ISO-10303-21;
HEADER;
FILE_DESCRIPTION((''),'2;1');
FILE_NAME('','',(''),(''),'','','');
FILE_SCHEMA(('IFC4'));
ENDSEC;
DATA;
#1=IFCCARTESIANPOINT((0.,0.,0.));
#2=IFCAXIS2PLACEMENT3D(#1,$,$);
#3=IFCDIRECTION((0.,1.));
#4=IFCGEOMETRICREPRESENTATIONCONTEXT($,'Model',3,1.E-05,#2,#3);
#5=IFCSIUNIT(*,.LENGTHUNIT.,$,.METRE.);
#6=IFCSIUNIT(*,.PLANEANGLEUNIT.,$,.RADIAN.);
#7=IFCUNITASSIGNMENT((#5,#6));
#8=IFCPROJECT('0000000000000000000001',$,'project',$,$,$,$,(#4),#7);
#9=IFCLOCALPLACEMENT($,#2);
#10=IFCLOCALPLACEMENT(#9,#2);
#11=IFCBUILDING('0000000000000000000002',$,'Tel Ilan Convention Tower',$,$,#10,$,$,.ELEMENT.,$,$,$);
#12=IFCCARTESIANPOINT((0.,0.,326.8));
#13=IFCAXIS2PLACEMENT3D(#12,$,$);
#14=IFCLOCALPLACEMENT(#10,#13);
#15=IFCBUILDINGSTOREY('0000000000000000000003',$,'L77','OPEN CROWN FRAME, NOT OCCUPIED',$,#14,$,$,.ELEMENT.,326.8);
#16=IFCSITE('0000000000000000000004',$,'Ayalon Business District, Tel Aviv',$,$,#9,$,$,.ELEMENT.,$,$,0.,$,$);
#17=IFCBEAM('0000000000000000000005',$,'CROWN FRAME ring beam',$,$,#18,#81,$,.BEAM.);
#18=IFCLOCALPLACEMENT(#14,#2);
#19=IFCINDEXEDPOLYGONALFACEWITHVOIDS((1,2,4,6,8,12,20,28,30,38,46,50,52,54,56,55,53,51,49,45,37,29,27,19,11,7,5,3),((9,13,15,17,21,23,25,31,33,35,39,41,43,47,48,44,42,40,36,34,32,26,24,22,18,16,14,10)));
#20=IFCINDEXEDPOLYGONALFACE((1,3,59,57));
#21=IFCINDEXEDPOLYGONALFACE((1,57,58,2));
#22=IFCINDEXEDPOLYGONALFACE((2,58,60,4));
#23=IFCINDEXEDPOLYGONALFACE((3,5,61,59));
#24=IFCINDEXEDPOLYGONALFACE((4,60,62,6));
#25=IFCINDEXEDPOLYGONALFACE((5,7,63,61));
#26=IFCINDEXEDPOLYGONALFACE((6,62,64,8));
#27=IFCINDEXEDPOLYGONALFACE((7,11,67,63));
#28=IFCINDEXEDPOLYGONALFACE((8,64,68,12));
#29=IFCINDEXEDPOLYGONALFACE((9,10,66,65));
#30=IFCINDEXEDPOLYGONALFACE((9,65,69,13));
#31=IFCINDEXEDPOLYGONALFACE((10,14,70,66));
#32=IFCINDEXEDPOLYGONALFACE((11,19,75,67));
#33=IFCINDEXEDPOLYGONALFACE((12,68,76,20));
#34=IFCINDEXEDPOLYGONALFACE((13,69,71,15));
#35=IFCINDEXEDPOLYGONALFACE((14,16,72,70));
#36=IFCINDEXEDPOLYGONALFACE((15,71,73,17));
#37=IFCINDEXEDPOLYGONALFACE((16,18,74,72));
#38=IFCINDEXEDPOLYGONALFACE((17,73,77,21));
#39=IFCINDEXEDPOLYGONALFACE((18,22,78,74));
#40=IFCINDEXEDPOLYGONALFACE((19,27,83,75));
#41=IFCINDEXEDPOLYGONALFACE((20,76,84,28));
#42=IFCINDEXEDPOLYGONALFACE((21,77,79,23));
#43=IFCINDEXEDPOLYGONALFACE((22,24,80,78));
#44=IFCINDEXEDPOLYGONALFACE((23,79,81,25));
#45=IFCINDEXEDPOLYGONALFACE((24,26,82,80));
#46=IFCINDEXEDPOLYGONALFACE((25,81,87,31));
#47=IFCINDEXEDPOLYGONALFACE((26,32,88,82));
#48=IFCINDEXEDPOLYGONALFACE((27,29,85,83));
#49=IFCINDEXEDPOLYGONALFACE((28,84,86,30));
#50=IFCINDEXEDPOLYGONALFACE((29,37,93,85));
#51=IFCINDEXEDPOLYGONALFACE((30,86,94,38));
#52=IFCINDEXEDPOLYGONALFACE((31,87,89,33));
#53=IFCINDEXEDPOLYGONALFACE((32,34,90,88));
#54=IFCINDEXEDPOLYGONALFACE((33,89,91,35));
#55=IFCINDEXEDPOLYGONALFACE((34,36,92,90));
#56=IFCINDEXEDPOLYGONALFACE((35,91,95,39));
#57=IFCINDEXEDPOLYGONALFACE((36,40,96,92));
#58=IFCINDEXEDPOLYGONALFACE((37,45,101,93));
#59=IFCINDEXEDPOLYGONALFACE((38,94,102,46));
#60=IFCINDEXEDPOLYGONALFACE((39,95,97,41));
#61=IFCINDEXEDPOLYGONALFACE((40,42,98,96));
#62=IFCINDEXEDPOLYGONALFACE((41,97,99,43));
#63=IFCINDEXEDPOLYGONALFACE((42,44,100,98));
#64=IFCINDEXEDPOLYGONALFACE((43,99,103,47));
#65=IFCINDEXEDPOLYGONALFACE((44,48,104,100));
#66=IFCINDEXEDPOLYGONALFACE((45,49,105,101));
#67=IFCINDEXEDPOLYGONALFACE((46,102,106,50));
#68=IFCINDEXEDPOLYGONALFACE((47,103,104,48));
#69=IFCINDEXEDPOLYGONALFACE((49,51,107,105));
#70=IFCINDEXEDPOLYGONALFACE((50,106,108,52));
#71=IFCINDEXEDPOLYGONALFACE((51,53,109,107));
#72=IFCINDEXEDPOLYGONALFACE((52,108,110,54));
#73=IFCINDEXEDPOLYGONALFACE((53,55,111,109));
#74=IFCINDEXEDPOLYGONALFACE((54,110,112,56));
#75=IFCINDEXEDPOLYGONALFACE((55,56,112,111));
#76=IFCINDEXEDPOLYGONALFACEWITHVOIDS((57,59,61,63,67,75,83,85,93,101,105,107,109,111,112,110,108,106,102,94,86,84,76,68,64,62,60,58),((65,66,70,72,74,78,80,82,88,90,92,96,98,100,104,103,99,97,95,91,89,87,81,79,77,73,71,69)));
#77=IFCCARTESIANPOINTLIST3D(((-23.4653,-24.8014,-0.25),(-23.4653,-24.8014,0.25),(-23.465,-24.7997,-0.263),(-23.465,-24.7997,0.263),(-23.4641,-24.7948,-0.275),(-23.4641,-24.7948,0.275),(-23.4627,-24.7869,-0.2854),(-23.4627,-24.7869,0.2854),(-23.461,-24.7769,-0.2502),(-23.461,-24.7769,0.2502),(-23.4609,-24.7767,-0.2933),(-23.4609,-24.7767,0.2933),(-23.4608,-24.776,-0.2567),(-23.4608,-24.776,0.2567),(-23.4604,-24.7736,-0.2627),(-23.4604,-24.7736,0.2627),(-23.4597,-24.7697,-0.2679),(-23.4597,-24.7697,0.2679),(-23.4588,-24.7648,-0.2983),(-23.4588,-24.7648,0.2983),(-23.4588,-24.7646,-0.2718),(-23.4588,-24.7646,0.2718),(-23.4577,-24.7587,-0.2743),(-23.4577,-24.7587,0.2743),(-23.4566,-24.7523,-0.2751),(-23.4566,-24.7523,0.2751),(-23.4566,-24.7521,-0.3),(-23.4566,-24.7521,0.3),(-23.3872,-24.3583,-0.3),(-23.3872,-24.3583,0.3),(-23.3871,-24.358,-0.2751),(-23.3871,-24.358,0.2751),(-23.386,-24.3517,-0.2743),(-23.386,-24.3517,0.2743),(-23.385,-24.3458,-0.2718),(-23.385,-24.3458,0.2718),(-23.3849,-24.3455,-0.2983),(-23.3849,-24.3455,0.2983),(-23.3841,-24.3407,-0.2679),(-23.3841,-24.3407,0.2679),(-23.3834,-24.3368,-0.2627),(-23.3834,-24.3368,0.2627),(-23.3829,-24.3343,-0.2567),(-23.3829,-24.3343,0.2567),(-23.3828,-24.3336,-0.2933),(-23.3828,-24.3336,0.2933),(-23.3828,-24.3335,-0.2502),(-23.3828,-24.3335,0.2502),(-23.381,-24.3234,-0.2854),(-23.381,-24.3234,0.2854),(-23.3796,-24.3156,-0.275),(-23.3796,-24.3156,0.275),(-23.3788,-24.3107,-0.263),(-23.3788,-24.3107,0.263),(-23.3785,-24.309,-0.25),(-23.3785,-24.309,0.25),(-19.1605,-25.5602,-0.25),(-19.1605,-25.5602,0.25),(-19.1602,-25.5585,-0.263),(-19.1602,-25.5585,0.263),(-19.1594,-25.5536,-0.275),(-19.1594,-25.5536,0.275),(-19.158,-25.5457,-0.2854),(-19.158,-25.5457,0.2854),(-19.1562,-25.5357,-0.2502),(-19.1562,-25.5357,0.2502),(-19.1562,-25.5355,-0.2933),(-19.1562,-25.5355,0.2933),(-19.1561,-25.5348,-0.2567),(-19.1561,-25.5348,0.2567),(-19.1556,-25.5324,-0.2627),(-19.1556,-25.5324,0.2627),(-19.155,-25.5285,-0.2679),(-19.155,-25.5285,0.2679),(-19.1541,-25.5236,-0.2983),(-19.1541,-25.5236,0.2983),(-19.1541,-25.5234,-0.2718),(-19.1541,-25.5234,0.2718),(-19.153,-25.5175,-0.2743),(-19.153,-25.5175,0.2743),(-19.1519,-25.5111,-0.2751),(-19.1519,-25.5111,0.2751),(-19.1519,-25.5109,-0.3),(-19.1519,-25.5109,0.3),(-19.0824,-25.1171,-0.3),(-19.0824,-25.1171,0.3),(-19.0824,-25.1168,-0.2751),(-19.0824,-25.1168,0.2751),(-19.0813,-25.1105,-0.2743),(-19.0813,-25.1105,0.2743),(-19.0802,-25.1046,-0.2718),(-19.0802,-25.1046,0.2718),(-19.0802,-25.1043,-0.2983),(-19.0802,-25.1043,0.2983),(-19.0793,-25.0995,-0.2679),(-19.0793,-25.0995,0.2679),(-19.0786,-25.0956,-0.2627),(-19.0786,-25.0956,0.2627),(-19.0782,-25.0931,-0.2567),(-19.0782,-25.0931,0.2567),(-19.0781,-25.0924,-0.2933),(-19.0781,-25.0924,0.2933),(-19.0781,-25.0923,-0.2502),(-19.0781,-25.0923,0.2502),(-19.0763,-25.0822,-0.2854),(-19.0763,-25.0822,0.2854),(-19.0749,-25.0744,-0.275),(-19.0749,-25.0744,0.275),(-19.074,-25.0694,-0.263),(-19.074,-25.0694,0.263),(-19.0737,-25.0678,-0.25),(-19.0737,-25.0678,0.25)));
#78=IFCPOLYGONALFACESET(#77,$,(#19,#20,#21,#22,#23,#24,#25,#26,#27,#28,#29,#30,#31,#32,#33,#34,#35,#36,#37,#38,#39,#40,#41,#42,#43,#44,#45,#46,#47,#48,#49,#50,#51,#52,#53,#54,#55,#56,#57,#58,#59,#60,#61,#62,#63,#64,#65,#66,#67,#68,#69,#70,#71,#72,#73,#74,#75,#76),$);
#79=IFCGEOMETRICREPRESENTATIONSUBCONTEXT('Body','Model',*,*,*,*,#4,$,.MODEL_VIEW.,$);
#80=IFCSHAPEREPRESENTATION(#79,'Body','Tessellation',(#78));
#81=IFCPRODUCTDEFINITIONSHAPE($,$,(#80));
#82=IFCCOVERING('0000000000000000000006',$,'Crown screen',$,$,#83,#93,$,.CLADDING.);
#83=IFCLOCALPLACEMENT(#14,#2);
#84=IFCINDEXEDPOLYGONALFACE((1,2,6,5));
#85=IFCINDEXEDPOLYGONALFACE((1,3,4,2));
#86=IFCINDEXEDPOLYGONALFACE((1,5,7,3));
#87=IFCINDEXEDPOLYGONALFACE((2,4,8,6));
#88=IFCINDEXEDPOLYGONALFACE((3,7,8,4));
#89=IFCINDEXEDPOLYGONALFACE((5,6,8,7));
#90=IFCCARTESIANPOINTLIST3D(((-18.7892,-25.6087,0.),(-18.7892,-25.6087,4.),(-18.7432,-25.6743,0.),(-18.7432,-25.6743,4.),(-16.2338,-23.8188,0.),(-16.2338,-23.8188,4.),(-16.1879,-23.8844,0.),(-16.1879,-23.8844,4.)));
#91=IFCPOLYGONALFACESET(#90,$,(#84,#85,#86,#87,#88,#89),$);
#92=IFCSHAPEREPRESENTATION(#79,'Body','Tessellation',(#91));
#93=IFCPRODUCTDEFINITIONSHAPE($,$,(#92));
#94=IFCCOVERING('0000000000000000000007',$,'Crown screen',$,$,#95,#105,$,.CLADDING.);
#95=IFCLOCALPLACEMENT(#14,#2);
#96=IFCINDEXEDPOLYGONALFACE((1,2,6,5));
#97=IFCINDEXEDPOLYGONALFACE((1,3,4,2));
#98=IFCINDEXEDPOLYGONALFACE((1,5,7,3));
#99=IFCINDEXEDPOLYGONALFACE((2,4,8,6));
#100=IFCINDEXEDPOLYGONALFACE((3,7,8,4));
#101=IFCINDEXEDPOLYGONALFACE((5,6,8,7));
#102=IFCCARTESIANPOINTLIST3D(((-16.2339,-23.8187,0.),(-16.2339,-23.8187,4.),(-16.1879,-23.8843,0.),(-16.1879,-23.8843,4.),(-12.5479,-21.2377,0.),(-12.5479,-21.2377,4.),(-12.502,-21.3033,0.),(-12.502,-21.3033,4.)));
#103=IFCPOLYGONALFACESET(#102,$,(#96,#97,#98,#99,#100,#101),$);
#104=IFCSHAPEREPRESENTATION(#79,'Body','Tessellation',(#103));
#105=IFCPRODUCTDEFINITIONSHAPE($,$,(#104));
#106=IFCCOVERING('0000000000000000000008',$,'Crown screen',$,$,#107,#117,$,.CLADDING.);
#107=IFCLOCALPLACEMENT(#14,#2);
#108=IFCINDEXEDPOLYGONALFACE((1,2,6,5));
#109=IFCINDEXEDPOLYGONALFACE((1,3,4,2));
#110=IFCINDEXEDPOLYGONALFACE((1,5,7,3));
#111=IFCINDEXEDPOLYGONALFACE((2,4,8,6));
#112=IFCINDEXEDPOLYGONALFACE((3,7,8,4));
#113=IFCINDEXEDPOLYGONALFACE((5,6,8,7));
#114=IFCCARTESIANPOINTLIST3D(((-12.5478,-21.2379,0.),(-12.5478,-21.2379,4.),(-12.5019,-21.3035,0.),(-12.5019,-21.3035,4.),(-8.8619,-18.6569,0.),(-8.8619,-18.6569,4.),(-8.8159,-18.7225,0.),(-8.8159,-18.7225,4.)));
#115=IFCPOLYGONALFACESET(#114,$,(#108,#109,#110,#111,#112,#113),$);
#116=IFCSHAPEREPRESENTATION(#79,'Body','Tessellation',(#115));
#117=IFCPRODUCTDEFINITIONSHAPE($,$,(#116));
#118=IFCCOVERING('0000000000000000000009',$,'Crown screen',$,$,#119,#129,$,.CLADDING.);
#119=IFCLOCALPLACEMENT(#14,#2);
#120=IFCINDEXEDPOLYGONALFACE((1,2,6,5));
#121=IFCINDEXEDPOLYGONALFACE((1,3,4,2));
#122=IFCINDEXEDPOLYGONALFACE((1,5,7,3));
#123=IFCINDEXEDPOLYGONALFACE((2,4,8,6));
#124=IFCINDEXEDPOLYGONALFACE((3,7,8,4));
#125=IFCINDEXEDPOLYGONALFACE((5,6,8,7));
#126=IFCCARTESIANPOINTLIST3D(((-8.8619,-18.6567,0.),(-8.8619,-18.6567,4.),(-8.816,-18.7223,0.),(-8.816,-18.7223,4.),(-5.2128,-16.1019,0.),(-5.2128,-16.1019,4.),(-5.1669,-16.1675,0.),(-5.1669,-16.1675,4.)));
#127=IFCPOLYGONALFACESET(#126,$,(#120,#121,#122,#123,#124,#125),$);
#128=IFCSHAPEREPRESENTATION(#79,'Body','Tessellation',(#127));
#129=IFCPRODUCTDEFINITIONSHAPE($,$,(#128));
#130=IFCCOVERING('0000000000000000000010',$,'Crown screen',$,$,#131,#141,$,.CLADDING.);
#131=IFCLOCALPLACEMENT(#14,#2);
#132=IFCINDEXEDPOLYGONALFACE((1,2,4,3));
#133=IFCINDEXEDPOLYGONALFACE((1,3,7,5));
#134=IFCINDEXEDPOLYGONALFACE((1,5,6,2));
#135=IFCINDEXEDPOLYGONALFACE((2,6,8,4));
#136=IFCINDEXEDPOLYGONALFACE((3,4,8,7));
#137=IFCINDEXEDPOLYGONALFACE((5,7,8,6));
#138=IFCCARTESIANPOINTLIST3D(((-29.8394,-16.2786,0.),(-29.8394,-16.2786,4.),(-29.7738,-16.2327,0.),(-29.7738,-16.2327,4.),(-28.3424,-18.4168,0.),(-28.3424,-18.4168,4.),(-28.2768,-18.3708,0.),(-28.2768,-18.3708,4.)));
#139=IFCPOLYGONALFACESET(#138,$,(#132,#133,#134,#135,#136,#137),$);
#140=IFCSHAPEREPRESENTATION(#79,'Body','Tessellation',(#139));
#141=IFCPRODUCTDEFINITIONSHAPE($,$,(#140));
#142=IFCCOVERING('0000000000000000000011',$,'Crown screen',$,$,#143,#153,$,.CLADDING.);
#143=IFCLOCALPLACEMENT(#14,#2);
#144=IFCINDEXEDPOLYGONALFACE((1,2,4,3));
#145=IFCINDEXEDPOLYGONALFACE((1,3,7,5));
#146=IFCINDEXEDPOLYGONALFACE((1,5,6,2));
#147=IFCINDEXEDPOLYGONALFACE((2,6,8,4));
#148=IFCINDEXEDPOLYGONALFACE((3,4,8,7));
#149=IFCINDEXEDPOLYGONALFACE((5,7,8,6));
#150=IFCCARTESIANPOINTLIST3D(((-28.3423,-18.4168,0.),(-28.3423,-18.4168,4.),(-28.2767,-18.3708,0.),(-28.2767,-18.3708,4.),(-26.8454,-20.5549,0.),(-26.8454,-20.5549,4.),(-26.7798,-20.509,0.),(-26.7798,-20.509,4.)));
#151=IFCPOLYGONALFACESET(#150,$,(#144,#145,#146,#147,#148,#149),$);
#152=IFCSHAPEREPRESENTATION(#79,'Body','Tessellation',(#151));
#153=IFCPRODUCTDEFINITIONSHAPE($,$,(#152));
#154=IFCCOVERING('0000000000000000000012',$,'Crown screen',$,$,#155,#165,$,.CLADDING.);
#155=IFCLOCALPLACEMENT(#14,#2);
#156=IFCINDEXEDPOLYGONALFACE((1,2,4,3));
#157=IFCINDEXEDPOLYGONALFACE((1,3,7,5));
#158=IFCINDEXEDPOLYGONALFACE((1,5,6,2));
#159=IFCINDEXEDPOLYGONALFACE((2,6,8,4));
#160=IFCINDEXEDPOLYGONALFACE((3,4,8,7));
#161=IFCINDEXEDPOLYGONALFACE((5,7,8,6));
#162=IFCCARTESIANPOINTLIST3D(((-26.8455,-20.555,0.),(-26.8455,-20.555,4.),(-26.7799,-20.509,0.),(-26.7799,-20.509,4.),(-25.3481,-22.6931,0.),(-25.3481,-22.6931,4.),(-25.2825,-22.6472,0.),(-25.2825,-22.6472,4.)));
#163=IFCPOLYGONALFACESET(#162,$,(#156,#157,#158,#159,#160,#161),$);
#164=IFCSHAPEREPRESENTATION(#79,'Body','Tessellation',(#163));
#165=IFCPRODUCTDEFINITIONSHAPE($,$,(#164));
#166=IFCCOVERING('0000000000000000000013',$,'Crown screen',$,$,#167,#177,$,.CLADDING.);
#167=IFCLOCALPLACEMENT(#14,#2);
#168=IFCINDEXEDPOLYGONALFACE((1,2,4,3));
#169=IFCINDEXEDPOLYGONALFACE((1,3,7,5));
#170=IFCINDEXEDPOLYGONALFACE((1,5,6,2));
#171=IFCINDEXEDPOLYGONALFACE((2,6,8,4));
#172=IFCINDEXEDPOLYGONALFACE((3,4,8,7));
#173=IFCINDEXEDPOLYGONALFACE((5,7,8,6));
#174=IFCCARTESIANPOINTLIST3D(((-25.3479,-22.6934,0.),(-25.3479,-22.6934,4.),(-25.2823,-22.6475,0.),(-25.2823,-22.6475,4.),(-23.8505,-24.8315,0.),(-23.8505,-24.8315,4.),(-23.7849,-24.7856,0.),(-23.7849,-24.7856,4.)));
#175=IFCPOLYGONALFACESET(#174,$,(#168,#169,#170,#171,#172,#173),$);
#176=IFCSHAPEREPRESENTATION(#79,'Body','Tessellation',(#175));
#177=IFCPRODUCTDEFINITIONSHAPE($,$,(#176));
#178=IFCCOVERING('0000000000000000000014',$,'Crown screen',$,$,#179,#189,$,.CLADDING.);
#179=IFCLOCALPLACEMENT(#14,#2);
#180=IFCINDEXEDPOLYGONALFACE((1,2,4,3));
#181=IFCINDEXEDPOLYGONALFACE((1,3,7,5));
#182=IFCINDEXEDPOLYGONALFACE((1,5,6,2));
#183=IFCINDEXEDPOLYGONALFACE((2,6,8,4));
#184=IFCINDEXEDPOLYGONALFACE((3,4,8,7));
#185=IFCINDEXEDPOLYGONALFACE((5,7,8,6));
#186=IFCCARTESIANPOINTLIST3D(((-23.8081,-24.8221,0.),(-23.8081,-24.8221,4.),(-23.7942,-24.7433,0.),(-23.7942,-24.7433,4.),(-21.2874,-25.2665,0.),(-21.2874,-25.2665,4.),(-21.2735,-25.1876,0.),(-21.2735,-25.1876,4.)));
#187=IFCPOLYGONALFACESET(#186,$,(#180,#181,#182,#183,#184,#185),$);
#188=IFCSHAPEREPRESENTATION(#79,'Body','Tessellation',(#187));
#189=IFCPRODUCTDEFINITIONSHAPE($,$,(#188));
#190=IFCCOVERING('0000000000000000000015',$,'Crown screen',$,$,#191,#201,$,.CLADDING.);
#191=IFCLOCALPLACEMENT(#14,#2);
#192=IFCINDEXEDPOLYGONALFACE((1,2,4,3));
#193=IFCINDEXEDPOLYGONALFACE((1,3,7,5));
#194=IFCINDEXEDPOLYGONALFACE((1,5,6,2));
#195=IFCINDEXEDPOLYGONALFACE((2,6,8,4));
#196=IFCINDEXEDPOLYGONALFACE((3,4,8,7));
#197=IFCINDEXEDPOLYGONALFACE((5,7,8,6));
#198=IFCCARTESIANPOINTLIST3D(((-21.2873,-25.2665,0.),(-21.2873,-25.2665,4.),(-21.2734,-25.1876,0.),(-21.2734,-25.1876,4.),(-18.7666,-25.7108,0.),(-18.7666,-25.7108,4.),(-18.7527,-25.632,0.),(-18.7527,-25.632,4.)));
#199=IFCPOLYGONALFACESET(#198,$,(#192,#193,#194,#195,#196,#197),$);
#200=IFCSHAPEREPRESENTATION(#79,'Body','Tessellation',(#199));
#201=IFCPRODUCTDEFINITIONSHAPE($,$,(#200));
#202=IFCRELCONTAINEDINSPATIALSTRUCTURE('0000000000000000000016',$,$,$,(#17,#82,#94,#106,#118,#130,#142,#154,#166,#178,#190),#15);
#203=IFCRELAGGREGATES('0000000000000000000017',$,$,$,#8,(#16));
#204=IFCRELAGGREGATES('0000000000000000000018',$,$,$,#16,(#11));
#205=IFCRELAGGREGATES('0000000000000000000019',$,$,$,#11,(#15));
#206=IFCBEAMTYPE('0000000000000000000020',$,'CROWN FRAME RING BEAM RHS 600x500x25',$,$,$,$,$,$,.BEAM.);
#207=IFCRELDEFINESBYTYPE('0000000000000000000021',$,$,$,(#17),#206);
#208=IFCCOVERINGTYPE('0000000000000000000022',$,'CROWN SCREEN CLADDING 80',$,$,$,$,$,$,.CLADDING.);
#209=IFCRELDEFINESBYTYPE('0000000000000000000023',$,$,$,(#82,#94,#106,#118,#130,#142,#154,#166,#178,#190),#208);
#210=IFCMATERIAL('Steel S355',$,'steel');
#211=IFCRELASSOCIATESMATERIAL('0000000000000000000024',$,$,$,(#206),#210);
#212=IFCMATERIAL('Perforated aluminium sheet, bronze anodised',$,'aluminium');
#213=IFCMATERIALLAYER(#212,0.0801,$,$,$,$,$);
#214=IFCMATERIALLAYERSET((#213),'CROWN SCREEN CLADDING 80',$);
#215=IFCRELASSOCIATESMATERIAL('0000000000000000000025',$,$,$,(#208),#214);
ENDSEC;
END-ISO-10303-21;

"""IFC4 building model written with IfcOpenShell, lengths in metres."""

from ifc_helpers import new_model, si_unit, direction, frame, origin, origin_2d, place, context, subcontext, project, spatial, rectangle, hollow_rectangle, extrude, material, layer, layer_set, material_profile, profile_set, type_object, element, save


model = new_model("IFC4")

# Units and contexts
model_context = context("Model", 3, precision=1e-05, world=origin(), true_north=direction((0.0, 1.0)))
body_context = subcontext(model_context, "Body", "Model", "MODEL_VIEW")
ifc_project = project(units=[si_unit("LENGTHUNIT", "METRE"), si_unit("PLANEANGLEUNIT", "RADIAN")], contexts=[model_context])

# Site, building, storey
site_placement = place(None, origin())
site = spatial("IfcSite", under=ifc_project, at=site_placement, Name="Ayalon Business District, Tel Aviv", CompositionType="ELEMENT", RefElevation=0.0)
building_placement = place(site_placement, origin())
building = spatial("IfcBuilding", under=site, at=building_placement, Name="Tel Ilan Convention Tower", CompositionType="ELEMENT")
storey_placement = place(building_placement, frame((0.0, 0.0, 326.8)))
storey = spatial("IfcBuildingStorey", under=building, at=storey_placement, Name="L77", Description="OPEN CROWN FRAME, NOT OCCUPIED", CompositionType="ELEMENT", Elevation=326.8)

# Beam
ifc_material_1 = material(Name="Steel S355", Category="steel")
ifc_material_profile_1 = material_profile(ifc_material_1, hollow_rectangle(XDim=0.5, YDim=0.6001, WallThickness=0.0249, InnerFilletRadius=0.0249, OuterFilletRadius=0.05, at=origin_2d()), Name="RHS 600x500x25")
ifc_profile_set_1 = profile_set([ifc_material_profile_1], Name="Steel S355")
beam_type = type_object("IfcBeamType", Name="CROWN FRAME RING BEAM RHS 600x500x25", PredefinedType="BEAM", material=ifc_profile_set_1)
beam_1_placement = place(storey_placement, frame((-23.4219, -24.5552, 0.0), z_axis=(0.984817, -0.173594, 0.0), x_axis=(0.173594, 0.984817, 0.0)))
element("IfcBeam", 1, at=beam_1_placement, inside=storey, type_object=beam_type, Name="CROWN FRAME ring beam", PredefinedType="BEAM", context=body_context, shape_type="SweptSolid", body=[
    extrude(hollow_rectangle(XDim=0.5, YDim=0.6001, WallThickness=0.0249, InnerFilletRadius=0.0249, OuterFilletRadius=0.05, at=origin_2d()), origin(), (0.0, 0.0, 1.0), 4.3711),
])

# Coverings
ifc_material_2 = material(Name="Perforated aluminium sheet, bronze anodised", Category="aluminium")
ifc_layer = layer(ifc_material_2, 0.0801)
ifc_layer_set = layer_set([ifc_layer], Name="CROWN SCREEN CLADDING 80")
covering_type = type_object("IfcCoveringType", Name="CROWN SCREEN CLADDING 80", PredefinedType="CLADDING", material=ifc_layer_set)
covering_1_placement = place(storey_placement, frame((-17.4885, -24.7466, 0.0), z_axis=(0.0, 0.0, 1.0), x_axis=(0.81906, 0.573708, 0.0)))
element("IfcCovering", 2, at=covering_1_placement, inside=storey, type_object=covering_type, Name="Crown screen", PredefinedType="CLADDING", context=body_context, shape_type="SweptSolid", body=[
    extrude(rectangle(XDim=3.1199, YDim=0.0801, at=origin_2d()), origin(), (0.0, 0.0, 1.0), 4.0),
])
for number, where, z_axis, x_axis, name in (
    (3, (-14.3679, -22.561, 0.0), (0.0, 0.0, 1.0), (0.819148, 0.573582, 0.0), "Crown screen"),
    (4, (-10.6819, -19.9802, 0.0), (0.0, 0.0, 1.0), (0.819148, 0.573582, 0.0), "Crown screen"),
):
    element("IfcCovering", number, at=place(storey_placement, frame(where, z_axis=z_axis, x_axis=x_axis)), inside=storey, type_object=covering_type, Name=name, PredefinedType="CLADDING", context=body_context, shape_type="SweptSolid", body=[
        extrude(rectangle(XDim=4.4998, YDim=0.0801, at=origin_2d()), origin(), (0.0, 0.0, 1.0), 4.0),
    ])
covering_2_placement = place(storey_placement, frame((-7.0144, -17.4121, 0.0), z_axis=(0.0, 0.0, 1.0), x_axis=(0.819185, 0.573529, 0.0)))
element("IfcCovering", 5, at=covering_2_placement, inside=storey, type_object=covering_type, Name="Crown screen", PredefinedType="CLADDING", context=body_context, shape_type="SweptSolid", body=[
    extrude(rectangle(XDim=4.4546, YDim=0.0801, at=origin_2d()), origin(), (0.0, 0.0, 1.0), 4.0),
])
for number, where, z_axis, x_axis, name in (
    (6, (-29.0581, -17.3247, 0.0), (0.0, 0.0, 1.0), (0.573515, -0.819195, 0.0), "Crown screen"),
    (7, (-27.561, -19.4629, 0.0), (0.0, 0.0, 1.0), (0.573515, -0.819195, 0.0), "Crown screen"),
):
    element("IfcCovering", number, at=place(storey_placement, frame(where, z_axis=z_axis, x_axis=x_axis)), inside=storey, type_object=covering_type, Name=name, PredefinedType="CLADDING", context=body_context, shape_type="SweptSolid", body=[
        extrude(rectangle(XDim=2.6101, YDim=0.0801, at=origin_2d()), origin(), (0.0, 0.0, 1.0), 4.0),
    ])
for number, where, z_axis, x_axis, name in (
    (8, (-26.064, -21.6011, 0.0), (0.0, 0.0, 1.0), (0.573647, -0.819103, 0.0), "Crown screen"),
    (9, (-24.5664, -23.7395, 0.0), (0.0, 0.0, 1.0), (0.573647, -0.819103, 0.0), "Crown screen"),
):
    element("IfcCovering", number, at=place(storey_placement, frame(where, z_axis=z_axis, x_axis=x_axis)), inside=storey, type_object=covering_type, Name=name, PredefinedType="CLADDING", context=body_context, shape_type="SweptSolid", body=[
        extrude(rectangle(XDim=2.6104, YDim=0.0801, at=origin_2d()), origin(), (0.0, 0.0, 1.0), 4.0),
    ])
for number, where, z_axis, x_axis, name in (
    (10, (-22.5408, -25.0049, 0.0), (0.0, 0.0, 1.0), (0.984817, -0.173598, 0.0), "Crown screen"),
    (11, (-20.02, -25.4492, 0.0), (0.0, 0.0, 1.0), (0.984817, -0.173598, 0.0), "Crown screen"),
):
    element("IfcCovering", number, at=place(storey_placement, frame(where, z_axis=z_axis, x_axis=x_axis)), inside=storey, type_object=covering_type, Name=name, PredefinedType="CLADDING", context=body_context, shape_type="SweptSolid", body=[
        extrude(rectangle(XDim=2.5596, YDim=0.0801, at=origin_2d()), origin(), (0.0, 0.0, 1.0), 4.0),
    ])

save(model, "model.ifc")
